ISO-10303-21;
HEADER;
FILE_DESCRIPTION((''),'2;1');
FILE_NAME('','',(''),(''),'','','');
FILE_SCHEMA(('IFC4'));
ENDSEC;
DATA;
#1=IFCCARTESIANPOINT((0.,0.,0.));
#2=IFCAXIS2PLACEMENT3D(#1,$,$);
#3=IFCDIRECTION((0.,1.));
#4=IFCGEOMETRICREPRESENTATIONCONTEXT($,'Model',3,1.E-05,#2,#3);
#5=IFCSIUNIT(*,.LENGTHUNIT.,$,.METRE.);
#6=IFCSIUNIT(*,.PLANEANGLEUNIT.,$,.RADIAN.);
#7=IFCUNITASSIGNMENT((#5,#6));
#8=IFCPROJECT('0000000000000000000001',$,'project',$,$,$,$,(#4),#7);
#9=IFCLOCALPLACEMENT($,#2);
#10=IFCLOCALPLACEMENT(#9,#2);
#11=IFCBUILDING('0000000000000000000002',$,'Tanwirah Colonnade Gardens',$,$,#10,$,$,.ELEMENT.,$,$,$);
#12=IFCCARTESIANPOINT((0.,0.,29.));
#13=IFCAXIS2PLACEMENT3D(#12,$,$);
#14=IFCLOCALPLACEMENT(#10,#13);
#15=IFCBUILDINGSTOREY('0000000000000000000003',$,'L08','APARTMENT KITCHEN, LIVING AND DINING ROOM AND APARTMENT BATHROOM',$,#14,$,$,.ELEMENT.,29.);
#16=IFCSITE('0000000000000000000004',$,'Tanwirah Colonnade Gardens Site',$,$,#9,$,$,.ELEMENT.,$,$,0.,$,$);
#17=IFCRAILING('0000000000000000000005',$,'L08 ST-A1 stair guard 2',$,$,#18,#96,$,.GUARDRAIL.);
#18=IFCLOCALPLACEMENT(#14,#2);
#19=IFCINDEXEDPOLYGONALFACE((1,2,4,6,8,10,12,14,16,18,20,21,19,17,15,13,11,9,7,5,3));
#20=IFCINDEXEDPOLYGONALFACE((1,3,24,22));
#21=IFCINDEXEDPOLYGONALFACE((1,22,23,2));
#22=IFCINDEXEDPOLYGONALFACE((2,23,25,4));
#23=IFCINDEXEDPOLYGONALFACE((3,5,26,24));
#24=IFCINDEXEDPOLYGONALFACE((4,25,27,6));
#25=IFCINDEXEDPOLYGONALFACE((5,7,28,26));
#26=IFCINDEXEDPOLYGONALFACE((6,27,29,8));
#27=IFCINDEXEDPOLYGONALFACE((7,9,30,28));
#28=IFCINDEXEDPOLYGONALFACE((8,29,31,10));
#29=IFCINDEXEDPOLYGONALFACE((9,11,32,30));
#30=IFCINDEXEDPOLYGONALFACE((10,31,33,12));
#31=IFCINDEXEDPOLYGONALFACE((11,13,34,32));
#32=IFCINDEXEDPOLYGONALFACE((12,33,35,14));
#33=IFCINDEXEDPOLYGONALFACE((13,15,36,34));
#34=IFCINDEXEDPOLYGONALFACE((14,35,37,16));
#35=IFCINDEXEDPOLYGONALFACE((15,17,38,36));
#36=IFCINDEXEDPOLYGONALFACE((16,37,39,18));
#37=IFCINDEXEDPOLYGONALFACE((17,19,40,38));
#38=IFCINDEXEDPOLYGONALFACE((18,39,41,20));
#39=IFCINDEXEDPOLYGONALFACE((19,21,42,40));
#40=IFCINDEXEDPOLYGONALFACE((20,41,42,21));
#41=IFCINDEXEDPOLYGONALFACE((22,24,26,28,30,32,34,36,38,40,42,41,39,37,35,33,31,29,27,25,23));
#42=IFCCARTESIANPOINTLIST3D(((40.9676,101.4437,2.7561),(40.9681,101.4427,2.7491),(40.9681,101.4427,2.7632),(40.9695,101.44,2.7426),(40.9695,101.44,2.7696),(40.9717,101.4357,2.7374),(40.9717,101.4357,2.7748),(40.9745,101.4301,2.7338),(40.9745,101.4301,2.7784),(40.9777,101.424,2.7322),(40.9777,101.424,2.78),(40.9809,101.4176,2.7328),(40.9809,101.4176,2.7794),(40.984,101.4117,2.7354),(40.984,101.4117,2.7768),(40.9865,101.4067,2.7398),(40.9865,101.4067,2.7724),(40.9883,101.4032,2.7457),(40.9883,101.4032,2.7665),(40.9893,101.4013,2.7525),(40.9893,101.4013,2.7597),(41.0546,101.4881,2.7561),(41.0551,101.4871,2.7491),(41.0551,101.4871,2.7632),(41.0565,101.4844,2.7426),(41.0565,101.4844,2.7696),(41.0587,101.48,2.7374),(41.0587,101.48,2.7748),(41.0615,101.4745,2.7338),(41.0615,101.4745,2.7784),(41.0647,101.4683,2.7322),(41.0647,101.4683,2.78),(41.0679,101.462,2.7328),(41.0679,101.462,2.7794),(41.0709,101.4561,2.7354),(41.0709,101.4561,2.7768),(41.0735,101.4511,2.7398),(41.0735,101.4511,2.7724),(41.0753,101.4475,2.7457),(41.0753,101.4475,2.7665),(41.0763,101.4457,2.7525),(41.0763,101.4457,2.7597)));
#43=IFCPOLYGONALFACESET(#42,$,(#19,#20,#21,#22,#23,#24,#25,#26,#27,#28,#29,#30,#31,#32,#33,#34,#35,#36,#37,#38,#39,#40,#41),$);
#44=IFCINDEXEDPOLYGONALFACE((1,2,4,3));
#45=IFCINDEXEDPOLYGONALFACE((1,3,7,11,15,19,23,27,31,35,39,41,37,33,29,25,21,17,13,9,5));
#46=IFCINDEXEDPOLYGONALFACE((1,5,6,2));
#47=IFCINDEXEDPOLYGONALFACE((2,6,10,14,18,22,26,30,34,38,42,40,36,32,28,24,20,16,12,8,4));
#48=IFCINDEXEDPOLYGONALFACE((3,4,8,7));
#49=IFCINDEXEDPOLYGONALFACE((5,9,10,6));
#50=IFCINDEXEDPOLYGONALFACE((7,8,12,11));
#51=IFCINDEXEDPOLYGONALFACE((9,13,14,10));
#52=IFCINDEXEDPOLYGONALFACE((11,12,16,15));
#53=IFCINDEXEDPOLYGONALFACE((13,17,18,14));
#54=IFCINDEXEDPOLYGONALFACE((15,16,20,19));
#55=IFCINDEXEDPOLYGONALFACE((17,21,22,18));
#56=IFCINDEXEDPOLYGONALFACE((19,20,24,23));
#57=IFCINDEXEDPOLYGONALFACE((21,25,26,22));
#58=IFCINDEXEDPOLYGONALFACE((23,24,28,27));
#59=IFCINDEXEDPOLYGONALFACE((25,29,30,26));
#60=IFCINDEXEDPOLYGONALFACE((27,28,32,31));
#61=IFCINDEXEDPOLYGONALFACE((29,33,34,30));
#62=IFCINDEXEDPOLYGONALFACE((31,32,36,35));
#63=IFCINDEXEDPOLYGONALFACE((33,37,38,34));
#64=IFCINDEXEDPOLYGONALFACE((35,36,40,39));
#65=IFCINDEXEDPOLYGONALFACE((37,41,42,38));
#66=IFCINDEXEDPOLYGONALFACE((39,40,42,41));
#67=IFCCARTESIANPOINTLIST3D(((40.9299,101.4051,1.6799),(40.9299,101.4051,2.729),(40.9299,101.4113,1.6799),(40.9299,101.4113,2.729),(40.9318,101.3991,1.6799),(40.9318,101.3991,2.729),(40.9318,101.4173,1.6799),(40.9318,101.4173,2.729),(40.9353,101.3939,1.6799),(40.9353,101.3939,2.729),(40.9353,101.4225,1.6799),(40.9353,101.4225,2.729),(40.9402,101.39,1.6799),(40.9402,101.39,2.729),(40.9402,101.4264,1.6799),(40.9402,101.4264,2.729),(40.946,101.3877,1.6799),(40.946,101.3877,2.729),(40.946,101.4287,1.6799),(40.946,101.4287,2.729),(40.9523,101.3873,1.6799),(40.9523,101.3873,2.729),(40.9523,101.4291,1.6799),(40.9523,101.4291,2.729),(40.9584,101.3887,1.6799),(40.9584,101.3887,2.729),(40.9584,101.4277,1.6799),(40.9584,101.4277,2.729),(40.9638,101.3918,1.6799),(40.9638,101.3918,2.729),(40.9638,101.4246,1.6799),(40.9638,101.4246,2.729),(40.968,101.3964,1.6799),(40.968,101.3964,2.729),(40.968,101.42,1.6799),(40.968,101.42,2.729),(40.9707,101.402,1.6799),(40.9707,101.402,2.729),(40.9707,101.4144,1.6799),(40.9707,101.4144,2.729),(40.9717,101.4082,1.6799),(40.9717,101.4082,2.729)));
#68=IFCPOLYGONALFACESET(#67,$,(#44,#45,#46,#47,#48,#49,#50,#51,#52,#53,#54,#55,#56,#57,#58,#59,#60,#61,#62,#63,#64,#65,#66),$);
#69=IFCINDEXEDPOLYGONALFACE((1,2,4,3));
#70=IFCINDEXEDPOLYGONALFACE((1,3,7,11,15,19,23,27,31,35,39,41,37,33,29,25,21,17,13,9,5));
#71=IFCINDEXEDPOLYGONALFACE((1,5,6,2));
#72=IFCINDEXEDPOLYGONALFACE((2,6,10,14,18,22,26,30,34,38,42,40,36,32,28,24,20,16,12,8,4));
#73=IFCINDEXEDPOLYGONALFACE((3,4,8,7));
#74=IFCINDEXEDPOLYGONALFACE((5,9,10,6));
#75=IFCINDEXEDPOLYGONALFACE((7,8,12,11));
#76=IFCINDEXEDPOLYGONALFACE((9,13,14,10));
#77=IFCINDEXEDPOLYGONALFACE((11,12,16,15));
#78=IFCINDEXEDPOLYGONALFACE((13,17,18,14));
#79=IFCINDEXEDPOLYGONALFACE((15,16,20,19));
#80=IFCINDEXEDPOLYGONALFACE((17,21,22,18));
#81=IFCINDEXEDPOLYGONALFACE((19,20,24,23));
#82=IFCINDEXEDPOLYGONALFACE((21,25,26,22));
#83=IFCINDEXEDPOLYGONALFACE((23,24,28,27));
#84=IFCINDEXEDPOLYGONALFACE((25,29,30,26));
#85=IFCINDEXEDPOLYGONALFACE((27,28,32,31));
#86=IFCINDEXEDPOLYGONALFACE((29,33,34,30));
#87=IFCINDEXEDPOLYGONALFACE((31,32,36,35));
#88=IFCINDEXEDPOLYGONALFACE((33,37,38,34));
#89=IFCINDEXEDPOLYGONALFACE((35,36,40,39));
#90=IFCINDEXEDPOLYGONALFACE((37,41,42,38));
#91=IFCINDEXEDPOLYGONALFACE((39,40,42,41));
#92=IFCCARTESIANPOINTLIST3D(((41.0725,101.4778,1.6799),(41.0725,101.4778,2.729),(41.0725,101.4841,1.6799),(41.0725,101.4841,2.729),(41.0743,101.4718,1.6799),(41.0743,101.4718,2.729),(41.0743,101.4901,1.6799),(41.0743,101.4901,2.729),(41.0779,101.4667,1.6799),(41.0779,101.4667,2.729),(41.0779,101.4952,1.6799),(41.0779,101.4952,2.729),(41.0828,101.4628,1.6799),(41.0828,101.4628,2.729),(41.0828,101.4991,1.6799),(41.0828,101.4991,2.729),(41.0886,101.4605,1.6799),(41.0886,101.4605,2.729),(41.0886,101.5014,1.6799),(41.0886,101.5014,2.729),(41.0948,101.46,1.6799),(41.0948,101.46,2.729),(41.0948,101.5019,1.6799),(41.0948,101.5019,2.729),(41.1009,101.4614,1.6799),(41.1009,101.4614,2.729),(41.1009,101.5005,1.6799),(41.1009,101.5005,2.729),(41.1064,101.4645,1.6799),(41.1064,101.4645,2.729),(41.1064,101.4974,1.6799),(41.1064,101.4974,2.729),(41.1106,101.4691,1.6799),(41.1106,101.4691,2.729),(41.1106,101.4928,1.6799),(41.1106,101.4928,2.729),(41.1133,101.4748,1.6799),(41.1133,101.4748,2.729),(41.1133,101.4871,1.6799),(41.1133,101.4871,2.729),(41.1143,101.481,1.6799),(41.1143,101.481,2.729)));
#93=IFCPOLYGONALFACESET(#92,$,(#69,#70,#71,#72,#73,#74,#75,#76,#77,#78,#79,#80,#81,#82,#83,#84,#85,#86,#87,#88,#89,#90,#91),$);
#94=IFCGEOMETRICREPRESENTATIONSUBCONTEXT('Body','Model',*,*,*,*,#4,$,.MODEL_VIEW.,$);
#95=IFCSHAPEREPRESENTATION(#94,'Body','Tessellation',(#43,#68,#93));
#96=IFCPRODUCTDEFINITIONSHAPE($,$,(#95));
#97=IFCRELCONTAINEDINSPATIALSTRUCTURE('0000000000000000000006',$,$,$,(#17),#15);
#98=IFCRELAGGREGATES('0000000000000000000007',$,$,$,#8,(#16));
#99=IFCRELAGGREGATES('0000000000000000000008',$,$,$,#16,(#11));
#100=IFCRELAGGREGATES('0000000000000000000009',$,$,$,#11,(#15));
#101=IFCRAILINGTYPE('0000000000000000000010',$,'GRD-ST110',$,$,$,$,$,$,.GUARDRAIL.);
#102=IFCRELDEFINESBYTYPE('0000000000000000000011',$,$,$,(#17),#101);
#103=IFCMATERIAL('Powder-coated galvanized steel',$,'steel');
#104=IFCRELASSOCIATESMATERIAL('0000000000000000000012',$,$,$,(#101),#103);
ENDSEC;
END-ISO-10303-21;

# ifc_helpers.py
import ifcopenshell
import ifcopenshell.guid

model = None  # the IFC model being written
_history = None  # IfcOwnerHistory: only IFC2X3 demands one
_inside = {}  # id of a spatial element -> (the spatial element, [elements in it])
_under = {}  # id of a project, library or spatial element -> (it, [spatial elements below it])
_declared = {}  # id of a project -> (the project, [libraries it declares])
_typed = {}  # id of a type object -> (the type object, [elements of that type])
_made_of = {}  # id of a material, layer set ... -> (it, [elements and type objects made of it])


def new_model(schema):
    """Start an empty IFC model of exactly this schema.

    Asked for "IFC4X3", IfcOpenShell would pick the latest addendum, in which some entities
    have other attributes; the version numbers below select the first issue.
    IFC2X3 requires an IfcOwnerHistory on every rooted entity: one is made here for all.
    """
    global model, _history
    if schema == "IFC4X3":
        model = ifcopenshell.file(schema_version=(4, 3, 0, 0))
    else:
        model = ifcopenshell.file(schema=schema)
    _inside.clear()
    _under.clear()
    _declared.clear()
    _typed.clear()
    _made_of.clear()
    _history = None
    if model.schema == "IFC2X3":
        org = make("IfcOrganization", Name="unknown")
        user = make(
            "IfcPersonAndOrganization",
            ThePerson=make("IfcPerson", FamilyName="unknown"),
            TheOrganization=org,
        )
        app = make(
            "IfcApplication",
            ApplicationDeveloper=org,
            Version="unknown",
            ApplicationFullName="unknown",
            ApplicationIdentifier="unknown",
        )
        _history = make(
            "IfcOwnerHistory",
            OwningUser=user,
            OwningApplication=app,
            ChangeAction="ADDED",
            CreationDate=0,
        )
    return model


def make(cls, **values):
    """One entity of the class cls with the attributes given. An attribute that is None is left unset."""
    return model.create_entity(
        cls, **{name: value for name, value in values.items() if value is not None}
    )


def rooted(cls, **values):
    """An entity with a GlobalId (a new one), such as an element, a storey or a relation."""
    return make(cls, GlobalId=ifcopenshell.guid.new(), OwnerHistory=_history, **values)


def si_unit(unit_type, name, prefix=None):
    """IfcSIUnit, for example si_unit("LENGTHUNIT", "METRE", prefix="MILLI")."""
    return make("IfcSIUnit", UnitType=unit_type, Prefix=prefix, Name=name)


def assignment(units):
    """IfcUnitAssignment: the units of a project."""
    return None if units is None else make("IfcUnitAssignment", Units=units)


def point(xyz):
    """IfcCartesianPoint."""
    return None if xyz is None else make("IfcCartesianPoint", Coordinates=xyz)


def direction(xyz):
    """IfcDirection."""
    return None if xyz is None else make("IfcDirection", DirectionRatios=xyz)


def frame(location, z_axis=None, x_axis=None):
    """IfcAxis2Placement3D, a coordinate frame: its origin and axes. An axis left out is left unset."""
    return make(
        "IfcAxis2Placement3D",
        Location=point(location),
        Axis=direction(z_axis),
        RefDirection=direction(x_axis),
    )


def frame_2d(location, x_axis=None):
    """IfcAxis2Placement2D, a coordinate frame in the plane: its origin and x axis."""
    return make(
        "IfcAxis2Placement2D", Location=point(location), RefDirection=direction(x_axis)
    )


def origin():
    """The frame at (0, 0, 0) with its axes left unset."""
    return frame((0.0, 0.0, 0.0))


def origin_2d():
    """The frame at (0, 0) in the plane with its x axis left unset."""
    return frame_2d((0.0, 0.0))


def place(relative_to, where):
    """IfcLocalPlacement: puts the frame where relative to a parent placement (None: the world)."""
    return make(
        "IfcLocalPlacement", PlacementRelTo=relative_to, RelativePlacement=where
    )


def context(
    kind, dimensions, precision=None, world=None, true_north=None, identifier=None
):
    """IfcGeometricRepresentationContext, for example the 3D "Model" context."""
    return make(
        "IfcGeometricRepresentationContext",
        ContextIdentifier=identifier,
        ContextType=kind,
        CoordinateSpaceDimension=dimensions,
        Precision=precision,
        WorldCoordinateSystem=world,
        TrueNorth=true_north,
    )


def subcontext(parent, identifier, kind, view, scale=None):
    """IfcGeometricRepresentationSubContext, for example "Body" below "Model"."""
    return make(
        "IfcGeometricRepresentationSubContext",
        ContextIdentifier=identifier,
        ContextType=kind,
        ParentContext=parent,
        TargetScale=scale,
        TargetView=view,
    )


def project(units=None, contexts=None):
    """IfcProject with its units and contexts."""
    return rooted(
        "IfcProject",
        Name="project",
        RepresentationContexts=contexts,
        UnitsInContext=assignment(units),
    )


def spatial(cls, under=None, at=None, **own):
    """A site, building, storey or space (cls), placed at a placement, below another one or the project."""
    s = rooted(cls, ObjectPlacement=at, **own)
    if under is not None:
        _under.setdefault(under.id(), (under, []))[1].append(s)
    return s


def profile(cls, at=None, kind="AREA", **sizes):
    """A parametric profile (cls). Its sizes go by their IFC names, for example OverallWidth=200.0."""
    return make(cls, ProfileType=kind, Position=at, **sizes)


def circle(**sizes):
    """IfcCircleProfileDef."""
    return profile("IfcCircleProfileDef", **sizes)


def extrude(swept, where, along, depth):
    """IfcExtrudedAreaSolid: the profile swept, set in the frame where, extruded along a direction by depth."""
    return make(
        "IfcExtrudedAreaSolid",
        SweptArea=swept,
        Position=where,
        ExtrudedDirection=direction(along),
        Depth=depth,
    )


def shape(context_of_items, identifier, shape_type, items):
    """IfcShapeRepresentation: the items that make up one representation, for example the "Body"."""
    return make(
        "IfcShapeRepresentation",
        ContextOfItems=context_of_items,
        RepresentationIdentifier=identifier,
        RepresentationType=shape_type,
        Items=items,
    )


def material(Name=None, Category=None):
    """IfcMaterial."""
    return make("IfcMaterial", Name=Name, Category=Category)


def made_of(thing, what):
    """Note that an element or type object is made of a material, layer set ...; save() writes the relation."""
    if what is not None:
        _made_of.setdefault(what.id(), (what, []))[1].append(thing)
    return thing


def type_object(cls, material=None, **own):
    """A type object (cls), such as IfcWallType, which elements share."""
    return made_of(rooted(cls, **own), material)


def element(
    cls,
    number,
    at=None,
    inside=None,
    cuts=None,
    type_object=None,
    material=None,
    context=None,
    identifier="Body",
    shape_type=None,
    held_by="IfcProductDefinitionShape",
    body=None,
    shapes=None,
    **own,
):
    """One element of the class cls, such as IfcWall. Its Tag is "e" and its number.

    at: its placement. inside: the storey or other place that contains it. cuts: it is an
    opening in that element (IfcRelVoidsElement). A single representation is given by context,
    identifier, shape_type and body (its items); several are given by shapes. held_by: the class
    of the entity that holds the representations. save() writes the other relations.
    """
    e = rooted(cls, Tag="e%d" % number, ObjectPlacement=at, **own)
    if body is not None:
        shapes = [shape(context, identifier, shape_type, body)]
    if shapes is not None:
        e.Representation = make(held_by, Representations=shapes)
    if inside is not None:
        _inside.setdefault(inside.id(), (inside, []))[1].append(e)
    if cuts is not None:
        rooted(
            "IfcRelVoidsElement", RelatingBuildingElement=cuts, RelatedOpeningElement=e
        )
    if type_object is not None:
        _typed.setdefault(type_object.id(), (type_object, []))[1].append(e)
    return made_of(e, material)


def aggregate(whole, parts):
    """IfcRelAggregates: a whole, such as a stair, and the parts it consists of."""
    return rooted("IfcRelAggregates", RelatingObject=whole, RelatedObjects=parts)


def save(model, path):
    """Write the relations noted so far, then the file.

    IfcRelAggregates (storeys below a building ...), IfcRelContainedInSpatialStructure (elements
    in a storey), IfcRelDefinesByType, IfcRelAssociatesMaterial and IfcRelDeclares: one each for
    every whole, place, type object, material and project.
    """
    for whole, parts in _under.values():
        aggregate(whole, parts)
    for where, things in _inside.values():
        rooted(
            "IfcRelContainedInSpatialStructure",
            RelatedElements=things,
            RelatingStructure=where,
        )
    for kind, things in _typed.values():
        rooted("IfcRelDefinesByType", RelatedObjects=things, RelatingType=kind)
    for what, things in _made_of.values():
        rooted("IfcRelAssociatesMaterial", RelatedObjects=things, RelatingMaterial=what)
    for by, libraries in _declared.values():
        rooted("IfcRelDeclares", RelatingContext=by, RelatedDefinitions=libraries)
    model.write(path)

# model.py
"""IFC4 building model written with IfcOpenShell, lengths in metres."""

from ifc_helpers import new_model, si_unit, direction, frame, origin, origin_2d, place, context, subcontext, project, spatial, circle, extrude, material, type_object, element, save


model = new_model("IFC4")

# Units and contexts
model_context = context("Model", 3, precision=1e-05, world=origin(), true_north=direction((0.0, 1.0)))
body_context = subcontext(model_context, "Body", "Model", "MODEL_VIEW")
ifc_project = project(units=[si_unit("LENGTHUNIT", "METRE"), si_unit("PLANEANGLEUNIT", "RADIAN")], contexts=[model_context])

# Site, building, storey
site_placement = place(None, origin())
site = spatial("IfcSite", under=ifc_project, at=site_placement, Name="Tanwirah Colonnade Gardens Site", CompositionType="ELEMENT", RefElevation=0.0)
building_placement = place(site_placement, origin())
building = spatial("IfcBuilding", under=site, at=building_placement, Name="Tanwirah Colonnade Gardens", CompositionType="ELEMENT")
storey_placement = place(building_placement, frame((0.0, 0.0, 29.0)))
storey = spatial("IfcBuildingStorey", under=building, at=storey_placement, Name="L08", Description="APARTMENT KITCHEN, LIVING AND DINING ROOM AND APARTMENT BATHROOM", CompositionType="ELEMENT", Elevation=29.0)

# Railing
ifc_material_1 = material(Name="Powder-coated galvanized steel", Category="steel")
railing_type_1 = type_object("IfcRailingType", Name="GRD-ST110", PredefinedType="GUARDRAIL", material=ifc_material_1)
railing_1_placement = place(storey_placement, frame((40.9507, 101.4082, 1.6799)))
element("IfcRailing", 1, at=railing_1_placement, inside=storey, type_object=railing_type_1, Name="L08 ST-A1 stair guard 2", PredefinedType="GUARDRAIL", context=body_context, shape_type="SweptSolid", body=[
    extrude(circle(Radius=0.0239, at=origin_2d()), frame((0.0278, 0.0142, 1.0762), z_axis=(0.890737, 0.45452, 0.0), x_axis=(-0.45452, 0.890737, 0.0)), (0.0, 0.0, 1.0), 0.0977),
    extrude(circle(Radius=0.021, at=origin_2d()), origin(), (0.0, 0.0, 1.0), 1.0491),
    extrude(circle(Radius=0.021, at=origin_2d()), frame((0.1426, 0.0728, 0.0)), (0.0, 0.0, 1.0), 1.0491),
])

save(model, "model.ifc")
